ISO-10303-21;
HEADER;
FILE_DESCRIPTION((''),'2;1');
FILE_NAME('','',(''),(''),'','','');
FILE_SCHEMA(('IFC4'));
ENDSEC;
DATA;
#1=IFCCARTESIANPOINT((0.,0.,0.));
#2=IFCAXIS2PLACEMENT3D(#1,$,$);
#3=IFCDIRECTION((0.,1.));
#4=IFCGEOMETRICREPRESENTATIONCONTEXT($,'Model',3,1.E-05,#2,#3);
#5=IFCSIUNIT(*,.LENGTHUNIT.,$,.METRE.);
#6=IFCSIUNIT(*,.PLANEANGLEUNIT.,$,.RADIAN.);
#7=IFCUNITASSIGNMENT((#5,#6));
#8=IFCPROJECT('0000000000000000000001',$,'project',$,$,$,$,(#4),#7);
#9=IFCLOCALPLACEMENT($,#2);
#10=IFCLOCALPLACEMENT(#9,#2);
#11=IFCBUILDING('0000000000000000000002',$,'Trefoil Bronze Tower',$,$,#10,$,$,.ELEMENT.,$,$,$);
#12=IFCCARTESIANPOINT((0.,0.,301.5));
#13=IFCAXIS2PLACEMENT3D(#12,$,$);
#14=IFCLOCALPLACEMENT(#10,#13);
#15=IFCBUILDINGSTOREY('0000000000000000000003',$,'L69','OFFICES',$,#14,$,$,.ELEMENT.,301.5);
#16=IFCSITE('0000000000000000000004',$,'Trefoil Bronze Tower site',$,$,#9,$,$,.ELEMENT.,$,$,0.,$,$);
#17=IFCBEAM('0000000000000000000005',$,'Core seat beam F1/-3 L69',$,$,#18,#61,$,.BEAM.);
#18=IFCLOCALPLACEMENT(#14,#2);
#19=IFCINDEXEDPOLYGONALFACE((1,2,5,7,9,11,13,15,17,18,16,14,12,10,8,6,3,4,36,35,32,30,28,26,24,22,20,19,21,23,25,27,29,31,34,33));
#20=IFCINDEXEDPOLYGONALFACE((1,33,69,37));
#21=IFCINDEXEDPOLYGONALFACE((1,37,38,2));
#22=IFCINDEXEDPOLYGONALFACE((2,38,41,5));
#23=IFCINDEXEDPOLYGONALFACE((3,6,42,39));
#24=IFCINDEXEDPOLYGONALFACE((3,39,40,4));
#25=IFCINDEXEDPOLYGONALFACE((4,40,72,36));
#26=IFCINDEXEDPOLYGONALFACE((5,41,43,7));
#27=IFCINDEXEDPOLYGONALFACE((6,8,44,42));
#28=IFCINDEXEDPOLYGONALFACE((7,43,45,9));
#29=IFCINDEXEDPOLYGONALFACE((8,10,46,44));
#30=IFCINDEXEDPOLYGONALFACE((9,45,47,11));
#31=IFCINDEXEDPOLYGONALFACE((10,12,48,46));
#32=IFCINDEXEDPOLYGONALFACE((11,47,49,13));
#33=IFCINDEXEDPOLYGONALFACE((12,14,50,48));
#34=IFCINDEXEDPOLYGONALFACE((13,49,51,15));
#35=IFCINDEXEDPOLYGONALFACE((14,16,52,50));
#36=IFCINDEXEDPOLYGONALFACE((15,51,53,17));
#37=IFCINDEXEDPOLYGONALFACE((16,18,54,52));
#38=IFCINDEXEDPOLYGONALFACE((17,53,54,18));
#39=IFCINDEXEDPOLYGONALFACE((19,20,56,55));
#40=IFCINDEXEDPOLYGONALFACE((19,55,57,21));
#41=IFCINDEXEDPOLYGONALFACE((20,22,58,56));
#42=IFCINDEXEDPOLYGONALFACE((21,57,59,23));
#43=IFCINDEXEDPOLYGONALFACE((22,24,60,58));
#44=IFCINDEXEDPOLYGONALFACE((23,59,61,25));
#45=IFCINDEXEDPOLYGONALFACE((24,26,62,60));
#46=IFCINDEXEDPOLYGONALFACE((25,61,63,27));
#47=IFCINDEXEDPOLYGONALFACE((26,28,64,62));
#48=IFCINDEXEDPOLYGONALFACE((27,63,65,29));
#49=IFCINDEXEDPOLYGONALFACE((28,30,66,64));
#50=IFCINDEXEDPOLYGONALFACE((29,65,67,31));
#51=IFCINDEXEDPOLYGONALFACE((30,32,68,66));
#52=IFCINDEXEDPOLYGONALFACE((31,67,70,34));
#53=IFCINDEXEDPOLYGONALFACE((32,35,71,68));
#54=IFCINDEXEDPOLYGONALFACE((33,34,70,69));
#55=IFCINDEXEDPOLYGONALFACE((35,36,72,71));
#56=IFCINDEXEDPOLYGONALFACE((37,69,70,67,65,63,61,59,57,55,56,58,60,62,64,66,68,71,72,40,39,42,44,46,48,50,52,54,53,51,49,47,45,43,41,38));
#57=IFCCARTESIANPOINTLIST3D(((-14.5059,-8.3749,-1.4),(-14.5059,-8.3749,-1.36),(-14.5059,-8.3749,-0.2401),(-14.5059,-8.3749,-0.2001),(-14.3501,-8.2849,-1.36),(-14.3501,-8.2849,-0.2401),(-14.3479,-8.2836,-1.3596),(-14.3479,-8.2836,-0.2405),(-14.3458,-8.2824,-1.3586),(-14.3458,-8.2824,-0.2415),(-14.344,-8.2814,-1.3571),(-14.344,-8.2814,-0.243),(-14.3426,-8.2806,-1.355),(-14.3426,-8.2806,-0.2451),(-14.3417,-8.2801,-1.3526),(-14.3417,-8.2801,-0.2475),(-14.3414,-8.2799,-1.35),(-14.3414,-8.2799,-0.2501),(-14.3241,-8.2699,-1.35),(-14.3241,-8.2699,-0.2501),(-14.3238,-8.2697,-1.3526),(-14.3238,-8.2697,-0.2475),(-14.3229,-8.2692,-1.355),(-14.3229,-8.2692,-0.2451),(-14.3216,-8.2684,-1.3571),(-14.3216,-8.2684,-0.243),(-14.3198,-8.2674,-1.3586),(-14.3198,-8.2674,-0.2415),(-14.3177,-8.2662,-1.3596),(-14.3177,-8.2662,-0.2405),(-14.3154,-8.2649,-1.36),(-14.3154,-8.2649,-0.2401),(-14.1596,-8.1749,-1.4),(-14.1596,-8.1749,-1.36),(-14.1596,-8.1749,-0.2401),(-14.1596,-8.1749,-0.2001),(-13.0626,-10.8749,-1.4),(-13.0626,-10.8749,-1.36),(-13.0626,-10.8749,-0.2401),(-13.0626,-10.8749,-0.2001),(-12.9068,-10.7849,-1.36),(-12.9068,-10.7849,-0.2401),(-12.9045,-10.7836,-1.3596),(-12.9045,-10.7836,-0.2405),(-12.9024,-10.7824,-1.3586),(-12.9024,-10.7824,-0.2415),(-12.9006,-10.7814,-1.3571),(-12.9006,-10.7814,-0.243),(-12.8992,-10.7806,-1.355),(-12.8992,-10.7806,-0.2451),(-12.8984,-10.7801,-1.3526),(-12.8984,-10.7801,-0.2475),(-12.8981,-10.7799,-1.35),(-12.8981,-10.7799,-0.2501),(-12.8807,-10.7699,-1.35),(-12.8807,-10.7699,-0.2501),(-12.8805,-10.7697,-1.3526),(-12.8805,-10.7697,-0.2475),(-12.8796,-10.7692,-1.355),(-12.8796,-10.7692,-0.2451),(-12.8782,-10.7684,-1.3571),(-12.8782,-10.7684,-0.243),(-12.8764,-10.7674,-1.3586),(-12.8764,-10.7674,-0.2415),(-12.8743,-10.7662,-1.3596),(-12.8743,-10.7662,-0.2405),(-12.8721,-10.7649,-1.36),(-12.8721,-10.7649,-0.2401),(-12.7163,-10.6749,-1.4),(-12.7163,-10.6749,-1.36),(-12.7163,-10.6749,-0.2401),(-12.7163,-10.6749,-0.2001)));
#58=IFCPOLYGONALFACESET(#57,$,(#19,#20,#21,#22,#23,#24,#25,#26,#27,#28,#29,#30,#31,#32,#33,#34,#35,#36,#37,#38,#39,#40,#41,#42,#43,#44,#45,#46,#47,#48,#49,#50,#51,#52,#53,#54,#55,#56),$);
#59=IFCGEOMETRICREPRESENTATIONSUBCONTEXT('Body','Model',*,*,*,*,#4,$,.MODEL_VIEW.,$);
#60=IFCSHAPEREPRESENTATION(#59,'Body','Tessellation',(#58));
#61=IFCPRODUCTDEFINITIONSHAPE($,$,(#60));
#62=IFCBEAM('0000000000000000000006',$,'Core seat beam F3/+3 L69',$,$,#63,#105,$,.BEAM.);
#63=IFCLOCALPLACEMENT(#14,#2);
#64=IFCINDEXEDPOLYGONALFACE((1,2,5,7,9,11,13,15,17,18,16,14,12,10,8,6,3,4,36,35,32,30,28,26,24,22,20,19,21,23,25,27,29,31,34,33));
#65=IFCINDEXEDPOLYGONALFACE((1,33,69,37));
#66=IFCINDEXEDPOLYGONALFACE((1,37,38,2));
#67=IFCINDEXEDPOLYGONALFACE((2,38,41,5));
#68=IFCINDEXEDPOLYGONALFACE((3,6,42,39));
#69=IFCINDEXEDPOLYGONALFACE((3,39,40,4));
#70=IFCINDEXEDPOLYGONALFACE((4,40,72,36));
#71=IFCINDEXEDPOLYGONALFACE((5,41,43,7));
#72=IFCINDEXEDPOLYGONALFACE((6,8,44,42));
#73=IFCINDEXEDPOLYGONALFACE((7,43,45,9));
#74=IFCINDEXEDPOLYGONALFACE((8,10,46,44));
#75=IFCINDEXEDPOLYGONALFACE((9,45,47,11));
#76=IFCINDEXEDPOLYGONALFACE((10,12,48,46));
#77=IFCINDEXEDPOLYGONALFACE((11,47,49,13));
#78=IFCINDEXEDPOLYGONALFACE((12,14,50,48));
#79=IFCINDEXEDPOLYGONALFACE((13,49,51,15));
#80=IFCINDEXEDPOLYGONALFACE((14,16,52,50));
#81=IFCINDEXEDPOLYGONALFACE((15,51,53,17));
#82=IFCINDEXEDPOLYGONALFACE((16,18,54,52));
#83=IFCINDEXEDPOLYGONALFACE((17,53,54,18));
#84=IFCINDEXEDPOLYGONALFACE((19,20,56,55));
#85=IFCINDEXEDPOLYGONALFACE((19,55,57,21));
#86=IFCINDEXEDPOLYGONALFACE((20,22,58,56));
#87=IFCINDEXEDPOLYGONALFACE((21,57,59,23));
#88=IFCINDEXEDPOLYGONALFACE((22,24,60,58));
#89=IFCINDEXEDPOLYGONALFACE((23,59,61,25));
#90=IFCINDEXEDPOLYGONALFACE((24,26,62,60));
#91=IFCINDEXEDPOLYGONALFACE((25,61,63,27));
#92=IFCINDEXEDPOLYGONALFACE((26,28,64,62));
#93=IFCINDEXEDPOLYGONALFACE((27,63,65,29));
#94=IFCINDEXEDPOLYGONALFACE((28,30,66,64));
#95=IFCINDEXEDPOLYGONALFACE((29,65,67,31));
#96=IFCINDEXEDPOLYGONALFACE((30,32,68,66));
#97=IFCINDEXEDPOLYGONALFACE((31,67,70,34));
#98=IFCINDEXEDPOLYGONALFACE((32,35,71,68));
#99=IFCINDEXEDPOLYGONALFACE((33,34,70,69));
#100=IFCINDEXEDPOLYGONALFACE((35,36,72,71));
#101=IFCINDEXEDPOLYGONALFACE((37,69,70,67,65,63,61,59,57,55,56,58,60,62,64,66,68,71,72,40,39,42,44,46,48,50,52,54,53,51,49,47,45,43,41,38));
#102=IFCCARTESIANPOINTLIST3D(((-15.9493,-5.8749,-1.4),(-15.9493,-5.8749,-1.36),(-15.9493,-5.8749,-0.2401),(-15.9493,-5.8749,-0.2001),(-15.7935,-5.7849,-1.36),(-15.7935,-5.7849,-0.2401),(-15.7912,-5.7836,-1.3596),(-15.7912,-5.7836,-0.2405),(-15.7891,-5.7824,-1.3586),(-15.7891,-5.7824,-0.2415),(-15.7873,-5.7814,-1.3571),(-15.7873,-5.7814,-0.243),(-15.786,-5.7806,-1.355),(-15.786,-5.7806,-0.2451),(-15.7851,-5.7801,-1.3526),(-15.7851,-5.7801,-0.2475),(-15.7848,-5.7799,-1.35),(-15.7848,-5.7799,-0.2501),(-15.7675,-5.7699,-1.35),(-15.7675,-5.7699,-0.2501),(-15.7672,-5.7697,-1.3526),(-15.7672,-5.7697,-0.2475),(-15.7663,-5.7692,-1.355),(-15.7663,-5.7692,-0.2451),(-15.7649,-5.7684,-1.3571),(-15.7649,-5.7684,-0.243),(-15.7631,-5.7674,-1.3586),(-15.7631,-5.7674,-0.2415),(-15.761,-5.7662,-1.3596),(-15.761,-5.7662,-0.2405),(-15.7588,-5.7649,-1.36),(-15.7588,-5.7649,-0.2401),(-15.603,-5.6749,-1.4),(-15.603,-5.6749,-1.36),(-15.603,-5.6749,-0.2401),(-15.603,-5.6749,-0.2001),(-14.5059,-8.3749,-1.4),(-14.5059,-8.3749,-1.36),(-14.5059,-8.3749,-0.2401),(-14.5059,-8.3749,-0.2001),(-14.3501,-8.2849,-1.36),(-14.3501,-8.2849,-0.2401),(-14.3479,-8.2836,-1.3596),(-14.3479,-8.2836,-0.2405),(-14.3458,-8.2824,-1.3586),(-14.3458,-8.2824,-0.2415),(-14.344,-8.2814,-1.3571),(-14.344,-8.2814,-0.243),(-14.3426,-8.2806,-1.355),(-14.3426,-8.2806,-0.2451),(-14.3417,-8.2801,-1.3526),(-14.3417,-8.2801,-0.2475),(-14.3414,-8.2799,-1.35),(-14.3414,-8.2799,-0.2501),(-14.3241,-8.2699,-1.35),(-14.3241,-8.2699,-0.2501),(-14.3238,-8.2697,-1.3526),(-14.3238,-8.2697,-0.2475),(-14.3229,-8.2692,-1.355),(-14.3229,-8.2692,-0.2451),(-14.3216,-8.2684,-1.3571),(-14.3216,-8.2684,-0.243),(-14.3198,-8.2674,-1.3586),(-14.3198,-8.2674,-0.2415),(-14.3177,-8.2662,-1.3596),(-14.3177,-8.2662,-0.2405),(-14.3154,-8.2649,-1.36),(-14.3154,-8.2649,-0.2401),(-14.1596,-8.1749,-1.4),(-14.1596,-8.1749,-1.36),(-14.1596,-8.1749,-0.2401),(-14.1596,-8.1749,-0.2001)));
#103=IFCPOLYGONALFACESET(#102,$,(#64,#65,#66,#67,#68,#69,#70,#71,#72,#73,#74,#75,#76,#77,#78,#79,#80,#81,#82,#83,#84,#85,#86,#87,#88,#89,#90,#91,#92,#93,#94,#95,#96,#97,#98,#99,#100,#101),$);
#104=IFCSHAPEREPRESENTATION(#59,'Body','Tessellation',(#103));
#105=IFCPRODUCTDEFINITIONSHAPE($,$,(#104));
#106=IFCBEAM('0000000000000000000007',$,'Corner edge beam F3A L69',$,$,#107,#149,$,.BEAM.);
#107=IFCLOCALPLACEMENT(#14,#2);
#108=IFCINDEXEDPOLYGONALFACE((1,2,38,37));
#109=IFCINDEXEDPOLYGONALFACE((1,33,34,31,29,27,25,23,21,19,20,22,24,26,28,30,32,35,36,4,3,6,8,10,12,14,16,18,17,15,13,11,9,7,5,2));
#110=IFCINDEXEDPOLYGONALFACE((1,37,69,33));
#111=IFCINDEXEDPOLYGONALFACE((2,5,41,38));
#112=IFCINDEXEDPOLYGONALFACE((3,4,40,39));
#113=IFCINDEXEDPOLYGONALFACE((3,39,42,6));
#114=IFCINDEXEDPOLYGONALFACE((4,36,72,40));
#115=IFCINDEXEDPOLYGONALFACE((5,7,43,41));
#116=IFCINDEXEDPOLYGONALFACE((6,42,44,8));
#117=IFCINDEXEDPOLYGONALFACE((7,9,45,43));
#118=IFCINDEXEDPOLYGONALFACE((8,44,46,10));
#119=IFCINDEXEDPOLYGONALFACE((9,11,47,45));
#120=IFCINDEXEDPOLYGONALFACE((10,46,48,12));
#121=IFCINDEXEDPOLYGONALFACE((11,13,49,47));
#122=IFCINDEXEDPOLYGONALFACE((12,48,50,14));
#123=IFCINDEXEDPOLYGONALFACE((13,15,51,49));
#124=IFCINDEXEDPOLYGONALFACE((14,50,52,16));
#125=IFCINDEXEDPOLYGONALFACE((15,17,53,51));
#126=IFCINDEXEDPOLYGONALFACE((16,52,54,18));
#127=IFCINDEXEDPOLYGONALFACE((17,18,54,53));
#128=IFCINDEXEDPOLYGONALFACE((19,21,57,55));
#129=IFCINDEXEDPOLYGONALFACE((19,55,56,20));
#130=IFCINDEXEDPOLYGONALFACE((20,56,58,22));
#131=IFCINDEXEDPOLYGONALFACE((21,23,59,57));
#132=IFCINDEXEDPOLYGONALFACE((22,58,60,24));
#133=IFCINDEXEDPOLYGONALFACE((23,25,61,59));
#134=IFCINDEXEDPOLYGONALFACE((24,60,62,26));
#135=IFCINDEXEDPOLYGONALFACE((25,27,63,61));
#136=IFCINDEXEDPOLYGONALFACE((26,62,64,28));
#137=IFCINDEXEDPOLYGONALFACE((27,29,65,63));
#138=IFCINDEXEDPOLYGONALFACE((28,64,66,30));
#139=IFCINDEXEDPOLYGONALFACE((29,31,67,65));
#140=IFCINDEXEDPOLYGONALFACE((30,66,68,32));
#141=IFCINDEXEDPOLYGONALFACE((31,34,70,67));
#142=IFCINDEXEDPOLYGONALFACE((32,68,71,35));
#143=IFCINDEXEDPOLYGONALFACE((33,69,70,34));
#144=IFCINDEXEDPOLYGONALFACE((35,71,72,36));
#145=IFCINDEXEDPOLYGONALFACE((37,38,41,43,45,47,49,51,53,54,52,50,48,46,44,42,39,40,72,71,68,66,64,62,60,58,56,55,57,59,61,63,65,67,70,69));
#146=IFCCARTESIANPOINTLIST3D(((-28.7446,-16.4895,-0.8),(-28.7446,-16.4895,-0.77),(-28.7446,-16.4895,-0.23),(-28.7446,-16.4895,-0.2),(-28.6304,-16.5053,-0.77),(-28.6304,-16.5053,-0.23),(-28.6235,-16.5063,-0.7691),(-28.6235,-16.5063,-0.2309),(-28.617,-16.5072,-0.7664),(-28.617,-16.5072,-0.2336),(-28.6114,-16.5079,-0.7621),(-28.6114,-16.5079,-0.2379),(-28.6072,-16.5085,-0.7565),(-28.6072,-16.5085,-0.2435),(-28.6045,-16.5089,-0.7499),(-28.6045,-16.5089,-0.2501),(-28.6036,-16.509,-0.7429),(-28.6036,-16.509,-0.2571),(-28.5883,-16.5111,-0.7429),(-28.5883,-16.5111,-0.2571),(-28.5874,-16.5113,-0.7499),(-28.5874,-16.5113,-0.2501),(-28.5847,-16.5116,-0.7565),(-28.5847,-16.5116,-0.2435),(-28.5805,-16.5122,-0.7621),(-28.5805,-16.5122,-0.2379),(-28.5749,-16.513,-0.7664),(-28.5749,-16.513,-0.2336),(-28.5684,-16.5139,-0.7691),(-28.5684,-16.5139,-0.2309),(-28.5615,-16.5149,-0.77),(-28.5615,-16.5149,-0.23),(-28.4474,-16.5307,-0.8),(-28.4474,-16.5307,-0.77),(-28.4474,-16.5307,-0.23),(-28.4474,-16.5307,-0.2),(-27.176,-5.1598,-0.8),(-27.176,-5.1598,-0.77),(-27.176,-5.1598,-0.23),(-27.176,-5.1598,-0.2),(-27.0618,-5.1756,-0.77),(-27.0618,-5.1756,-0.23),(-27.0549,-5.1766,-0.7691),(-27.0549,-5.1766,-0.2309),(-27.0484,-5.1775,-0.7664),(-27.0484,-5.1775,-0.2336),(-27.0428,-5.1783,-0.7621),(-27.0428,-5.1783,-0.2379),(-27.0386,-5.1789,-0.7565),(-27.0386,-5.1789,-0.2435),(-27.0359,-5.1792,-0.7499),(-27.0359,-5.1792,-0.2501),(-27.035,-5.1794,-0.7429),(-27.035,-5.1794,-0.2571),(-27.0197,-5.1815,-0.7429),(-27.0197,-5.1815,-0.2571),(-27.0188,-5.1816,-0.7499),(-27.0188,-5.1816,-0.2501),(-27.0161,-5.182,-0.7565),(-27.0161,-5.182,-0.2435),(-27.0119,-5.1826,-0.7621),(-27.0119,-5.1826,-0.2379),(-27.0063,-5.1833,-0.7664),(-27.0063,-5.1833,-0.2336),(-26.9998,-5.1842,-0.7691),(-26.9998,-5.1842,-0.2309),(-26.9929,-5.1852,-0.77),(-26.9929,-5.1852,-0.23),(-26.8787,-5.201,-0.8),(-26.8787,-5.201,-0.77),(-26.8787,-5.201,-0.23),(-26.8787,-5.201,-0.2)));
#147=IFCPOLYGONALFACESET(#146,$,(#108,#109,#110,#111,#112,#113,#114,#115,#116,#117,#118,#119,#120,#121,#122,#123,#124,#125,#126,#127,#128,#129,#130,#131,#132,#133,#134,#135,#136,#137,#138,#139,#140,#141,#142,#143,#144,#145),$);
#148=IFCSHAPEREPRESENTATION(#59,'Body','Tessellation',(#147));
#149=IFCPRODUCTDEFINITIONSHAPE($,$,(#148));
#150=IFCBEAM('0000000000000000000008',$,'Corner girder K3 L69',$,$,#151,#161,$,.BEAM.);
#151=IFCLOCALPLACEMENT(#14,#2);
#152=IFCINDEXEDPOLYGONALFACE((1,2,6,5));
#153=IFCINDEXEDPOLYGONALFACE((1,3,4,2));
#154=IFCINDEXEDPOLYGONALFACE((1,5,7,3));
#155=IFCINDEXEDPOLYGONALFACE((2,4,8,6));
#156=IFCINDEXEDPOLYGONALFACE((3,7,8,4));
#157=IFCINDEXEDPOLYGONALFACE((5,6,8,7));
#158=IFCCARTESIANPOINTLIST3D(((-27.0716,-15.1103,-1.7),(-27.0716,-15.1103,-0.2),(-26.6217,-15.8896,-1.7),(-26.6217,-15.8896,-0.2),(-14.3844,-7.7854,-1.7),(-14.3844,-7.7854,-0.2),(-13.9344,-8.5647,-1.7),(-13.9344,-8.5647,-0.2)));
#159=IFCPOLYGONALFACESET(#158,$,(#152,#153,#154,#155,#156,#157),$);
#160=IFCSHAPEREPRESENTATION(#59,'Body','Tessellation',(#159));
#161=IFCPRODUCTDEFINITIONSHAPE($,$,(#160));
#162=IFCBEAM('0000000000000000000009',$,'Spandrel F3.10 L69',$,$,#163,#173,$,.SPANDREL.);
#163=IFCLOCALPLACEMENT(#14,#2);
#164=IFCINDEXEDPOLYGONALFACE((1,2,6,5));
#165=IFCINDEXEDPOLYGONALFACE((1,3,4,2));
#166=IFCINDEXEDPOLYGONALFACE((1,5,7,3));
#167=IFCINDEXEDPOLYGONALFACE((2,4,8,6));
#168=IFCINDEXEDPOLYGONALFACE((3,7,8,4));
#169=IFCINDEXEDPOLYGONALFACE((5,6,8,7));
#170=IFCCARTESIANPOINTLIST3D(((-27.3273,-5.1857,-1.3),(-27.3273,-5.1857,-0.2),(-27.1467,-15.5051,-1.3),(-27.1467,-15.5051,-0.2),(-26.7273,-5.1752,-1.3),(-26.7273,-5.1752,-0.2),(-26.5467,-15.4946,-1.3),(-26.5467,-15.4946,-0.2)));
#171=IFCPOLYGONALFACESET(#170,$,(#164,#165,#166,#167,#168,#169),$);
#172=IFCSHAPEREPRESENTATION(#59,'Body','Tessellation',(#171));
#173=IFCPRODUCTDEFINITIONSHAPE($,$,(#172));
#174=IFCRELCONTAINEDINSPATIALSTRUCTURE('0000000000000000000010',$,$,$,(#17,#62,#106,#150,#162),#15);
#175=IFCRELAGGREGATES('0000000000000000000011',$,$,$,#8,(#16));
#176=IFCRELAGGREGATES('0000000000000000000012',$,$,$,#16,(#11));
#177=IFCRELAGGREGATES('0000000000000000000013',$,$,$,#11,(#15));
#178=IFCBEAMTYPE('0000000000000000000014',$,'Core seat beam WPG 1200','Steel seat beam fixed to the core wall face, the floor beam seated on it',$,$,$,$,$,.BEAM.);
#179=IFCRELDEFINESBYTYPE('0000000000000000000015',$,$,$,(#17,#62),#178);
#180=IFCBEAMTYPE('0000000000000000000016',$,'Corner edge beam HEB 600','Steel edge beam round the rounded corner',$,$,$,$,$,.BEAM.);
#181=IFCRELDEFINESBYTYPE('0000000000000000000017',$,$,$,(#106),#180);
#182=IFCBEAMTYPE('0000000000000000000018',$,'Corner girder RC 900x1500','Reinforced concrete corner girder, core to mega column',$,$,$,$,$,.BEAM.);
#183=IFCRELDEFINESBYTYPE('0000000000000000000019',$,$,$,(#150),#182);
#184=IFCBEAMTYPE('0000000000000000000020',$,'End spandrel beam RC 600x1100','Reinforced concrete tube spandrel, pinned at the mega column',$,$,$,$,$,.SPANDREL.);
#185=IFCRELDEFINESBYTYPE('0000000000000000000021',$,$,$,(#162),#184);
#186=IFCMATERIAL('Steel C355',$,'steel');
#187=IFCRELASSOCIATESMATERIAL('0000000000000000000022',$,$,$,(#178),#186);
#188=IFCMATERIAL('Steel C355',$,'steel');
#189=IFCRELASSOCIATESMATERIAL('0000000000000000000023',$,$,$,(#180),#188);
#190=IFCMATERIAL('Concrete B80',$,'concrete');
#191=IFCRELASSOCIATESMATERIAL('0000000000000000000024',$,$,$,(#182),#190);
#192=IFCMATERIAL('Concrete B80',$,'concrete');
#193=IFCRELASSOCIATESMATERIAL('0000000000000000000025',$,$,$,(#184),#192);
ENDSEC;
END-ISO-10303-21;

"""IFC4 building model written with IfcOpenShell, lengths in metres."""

from ifc_helpers import new_model, si_unit, direction, frame, origin, origin_2d, place, context, subcontext, project, spatial, rectangle, i_section, extrude, material, material_profile, profile_set, type_object, element, save


model = new_model("IFC4")

# Units and contexts
model_context = context("Model", 3, precision=1e-05, world=origin(), true_north=direction((0.0, 1.0)))
body_context = subcontext(model_context, "Body", "Model", "MODEL_VIEW")
ifc_project = project(units=[si_unit("LENGTHUNIT", "METRE"), si_unit("PLANEANGLEUNIT", "RADIAN")], contexts=[model_context])

# Site, building, storey
site_placement = place(None, origin())
site = spatial("IfcSite", under=ifc_project, at=site_placement, Name="Trefoil Bronze Tower site", CompositionType="ELEMENT", RefElevation=0.0)
building_placement = place(site_placement, origin())
building = spatial("IfcBuilding", under=site, at=building_placement, Name="Trefoil Bronze Tower", CompositionType="ELEMENT")
storey_placement = place(building_placement, frame((0.0, 0.0, 301.5)))
storey = spatial("IfcBuildingStorey", under=building, at=storey_placement, Name="L69", Description="OFFICES", CompositionType="ELEMENT", Elevation=301.5)

# Beams
ifc_material_1 = material(Name="Steel C355", Category="steel")
ifc_material_profile_1 = material_profile(ifc_material_1, i_section(OverallWidth=0.3999, OverallDepth=1.2, WebThickness=0.02, FlangeThickness=0.04, FilletRadius=0.01, at=origin_2d()), Name="WPG 1200")
ifc_profile_set_1 = profile_set([ifc_material_profile_1], Name="Steel C355")
beam_type_1 = type_object("IfcBeamType", Name="Core seat beam WPG 1200", Description="Steel seat beam fixed to the core wall face, the floor beam seated on it", PredefinedType="BEAM", material=ifc_profile_set_1)
for number, where, z_axis, x_axis, name in (
    (1, (-14.3328, -8.2749, -0.8), (0.499996, -0.866028, 0.0), (0.866028, 0.499996, 0.0), "Core seat beam F1/-3 L69"),
    (2, (-15.7761, -5.7749, -0.8), (0.499996, -0.866028, 0.0), (0.866028, 0.499996, 0.0), "Core seat beam F3/+3 L69"),
):
    element("IfcBeam", number, at=place(storey_placement, frame(where, z_axis=z_axis, x_axis=x_axis)), inside=storey, type_object=beam_type_1, Name=name, PredefinedType="BEAM", context=body_context, shape_type="SweptSolid", body=[
        extrude(i_section(OverallWidth=0.3999, OverallDepth=1.2, WebThickness=0.02, FlangeThickness=0.04, FilletRadius=0.01, at=origin_2d()), origin(), (0.0, 0.0, 1.0), 2.8867),
    ])
ifc_material_2 = material(Name="Steel C355", Category="steel")
ifc_material_profile_2 = material_profile(ifc_material_2, i_section(OverallWidth=0.3, OverallDepth=0.6001, WebThickness=0.0154, FlangeThickness=0.03, FilletRadius=0.0271, at=origin_2d()), Name="HEB 600")
ifc_profile_set_2 = profile_set([ifc_material_profile_2], Name="Steel C355")
beam_type_2 = type_object("IfcBeamType", Name="Corner edge beam HEB 600", Description="Steel edge beam round the rounded corner", PredefinedType="BEAM", material=ifc_profile_set_2)
beam_1_placement = place(storey_placement, frame((-27.0273, -5.1804, -0.5), z_axis=(-0.137144, -0.990551, 0.0), x_axis=(0.990551, -0.137144, 0.0)))
element("IfcBeam", 3, at=beam_1_placement, inside=storey, type_object=beam_type_2, Name="Corner edge beam F3A L69", PredefinedType="BEAM", context=body_context, shape_type="SweptSolid", body=[
    extrude(i_section(OverallWidth=0.3, OverallDepth=0.6001, WebThickness=0.0154, FlangeThickness=0.03, FilletRadius=0.0271, at=origin_2d()), origin(), (0.0, 0.0, 1.0), 11.4377),
])
ifc_material_3 = material(Name="Concrete B80", Category="concrete")
ifc_material_profile_3 = material_profile(ifc_material_3, rectangle(XDim=0.8999, YDim=1.5, at=origin_2d()), Name="RC 900x1500")
ifc_profile_set_3 = profile_set([ifc_material_profile_3], Name="Concrete B80")
beam_type_3 = type_object("IfcBeamType", Name="Corner girder RC 900x1500", Description="Reinforced concrete corner girder, core to mega column", PredefinedType="BEAM", material=ifc_profile_set_3)
beam_2_placement = place(storey_placement, frame((-14.1594, -8.175, -0.95), z_axis=(-0.866027, -0.499998, 0.0), x_axis=(0.499998, -0.866027, 0.0)))
element("IfcBeam", 4, at=beam_2_placement, inside=storey, type_object=beam_type_3, Name="Corner girder K3 L69", PredefinedType="BEAM", context=body_context, shape_type="SweptSolid", body=[
    extrude(rectangle(XDim=0.8999, YDim=1.5, at=origin_2d()), origin(), (0.0, 0.0, 1.0), 14.6499),
])
ifc_material_4 = material(Name="Concrete B80", Category="concrete")
ifc_material_profile_4 = material_profile(ifc_material_4, rectangle(XDim=0.6001, YDim=1.1001, at=origin_2d()), Name="RC 600x1100")
ifc_profile_set_4 = profile_set([ifc_material_profile_4], Name="Concrete B80")
beam_type_4 = type_object("IfcBeamType", Name="End spandrel beam RC 600x1100", Description="Reinforced concrete tube spandrel, pinned at the mega column", PredefinedType="SPANDREL", material=ifc_profile_set_4)
beam_3_placement = place(storey_placement, frame((-27.0273, -5.1804, -0.75), z_axis=(0.017504, -0.999847, 0.0), x_axis=(0.999847, 0.017504, 0.0)))
element("IfcBeam", 5, at=beam_3_placement, inside=storey, type_object=beam_type_4, Name="Spandrel F3.10 L69", PredefinedType="SPANDREL", context=body_context, shape_type="SweptSolid", body=[
    extrude(rectangle(XDim=0.6001, YDim=1.1001, at=origin_2d()), origin(), (0.0, 0.0, 1.0), 10.321),
])

save(model, "model.ifc")
